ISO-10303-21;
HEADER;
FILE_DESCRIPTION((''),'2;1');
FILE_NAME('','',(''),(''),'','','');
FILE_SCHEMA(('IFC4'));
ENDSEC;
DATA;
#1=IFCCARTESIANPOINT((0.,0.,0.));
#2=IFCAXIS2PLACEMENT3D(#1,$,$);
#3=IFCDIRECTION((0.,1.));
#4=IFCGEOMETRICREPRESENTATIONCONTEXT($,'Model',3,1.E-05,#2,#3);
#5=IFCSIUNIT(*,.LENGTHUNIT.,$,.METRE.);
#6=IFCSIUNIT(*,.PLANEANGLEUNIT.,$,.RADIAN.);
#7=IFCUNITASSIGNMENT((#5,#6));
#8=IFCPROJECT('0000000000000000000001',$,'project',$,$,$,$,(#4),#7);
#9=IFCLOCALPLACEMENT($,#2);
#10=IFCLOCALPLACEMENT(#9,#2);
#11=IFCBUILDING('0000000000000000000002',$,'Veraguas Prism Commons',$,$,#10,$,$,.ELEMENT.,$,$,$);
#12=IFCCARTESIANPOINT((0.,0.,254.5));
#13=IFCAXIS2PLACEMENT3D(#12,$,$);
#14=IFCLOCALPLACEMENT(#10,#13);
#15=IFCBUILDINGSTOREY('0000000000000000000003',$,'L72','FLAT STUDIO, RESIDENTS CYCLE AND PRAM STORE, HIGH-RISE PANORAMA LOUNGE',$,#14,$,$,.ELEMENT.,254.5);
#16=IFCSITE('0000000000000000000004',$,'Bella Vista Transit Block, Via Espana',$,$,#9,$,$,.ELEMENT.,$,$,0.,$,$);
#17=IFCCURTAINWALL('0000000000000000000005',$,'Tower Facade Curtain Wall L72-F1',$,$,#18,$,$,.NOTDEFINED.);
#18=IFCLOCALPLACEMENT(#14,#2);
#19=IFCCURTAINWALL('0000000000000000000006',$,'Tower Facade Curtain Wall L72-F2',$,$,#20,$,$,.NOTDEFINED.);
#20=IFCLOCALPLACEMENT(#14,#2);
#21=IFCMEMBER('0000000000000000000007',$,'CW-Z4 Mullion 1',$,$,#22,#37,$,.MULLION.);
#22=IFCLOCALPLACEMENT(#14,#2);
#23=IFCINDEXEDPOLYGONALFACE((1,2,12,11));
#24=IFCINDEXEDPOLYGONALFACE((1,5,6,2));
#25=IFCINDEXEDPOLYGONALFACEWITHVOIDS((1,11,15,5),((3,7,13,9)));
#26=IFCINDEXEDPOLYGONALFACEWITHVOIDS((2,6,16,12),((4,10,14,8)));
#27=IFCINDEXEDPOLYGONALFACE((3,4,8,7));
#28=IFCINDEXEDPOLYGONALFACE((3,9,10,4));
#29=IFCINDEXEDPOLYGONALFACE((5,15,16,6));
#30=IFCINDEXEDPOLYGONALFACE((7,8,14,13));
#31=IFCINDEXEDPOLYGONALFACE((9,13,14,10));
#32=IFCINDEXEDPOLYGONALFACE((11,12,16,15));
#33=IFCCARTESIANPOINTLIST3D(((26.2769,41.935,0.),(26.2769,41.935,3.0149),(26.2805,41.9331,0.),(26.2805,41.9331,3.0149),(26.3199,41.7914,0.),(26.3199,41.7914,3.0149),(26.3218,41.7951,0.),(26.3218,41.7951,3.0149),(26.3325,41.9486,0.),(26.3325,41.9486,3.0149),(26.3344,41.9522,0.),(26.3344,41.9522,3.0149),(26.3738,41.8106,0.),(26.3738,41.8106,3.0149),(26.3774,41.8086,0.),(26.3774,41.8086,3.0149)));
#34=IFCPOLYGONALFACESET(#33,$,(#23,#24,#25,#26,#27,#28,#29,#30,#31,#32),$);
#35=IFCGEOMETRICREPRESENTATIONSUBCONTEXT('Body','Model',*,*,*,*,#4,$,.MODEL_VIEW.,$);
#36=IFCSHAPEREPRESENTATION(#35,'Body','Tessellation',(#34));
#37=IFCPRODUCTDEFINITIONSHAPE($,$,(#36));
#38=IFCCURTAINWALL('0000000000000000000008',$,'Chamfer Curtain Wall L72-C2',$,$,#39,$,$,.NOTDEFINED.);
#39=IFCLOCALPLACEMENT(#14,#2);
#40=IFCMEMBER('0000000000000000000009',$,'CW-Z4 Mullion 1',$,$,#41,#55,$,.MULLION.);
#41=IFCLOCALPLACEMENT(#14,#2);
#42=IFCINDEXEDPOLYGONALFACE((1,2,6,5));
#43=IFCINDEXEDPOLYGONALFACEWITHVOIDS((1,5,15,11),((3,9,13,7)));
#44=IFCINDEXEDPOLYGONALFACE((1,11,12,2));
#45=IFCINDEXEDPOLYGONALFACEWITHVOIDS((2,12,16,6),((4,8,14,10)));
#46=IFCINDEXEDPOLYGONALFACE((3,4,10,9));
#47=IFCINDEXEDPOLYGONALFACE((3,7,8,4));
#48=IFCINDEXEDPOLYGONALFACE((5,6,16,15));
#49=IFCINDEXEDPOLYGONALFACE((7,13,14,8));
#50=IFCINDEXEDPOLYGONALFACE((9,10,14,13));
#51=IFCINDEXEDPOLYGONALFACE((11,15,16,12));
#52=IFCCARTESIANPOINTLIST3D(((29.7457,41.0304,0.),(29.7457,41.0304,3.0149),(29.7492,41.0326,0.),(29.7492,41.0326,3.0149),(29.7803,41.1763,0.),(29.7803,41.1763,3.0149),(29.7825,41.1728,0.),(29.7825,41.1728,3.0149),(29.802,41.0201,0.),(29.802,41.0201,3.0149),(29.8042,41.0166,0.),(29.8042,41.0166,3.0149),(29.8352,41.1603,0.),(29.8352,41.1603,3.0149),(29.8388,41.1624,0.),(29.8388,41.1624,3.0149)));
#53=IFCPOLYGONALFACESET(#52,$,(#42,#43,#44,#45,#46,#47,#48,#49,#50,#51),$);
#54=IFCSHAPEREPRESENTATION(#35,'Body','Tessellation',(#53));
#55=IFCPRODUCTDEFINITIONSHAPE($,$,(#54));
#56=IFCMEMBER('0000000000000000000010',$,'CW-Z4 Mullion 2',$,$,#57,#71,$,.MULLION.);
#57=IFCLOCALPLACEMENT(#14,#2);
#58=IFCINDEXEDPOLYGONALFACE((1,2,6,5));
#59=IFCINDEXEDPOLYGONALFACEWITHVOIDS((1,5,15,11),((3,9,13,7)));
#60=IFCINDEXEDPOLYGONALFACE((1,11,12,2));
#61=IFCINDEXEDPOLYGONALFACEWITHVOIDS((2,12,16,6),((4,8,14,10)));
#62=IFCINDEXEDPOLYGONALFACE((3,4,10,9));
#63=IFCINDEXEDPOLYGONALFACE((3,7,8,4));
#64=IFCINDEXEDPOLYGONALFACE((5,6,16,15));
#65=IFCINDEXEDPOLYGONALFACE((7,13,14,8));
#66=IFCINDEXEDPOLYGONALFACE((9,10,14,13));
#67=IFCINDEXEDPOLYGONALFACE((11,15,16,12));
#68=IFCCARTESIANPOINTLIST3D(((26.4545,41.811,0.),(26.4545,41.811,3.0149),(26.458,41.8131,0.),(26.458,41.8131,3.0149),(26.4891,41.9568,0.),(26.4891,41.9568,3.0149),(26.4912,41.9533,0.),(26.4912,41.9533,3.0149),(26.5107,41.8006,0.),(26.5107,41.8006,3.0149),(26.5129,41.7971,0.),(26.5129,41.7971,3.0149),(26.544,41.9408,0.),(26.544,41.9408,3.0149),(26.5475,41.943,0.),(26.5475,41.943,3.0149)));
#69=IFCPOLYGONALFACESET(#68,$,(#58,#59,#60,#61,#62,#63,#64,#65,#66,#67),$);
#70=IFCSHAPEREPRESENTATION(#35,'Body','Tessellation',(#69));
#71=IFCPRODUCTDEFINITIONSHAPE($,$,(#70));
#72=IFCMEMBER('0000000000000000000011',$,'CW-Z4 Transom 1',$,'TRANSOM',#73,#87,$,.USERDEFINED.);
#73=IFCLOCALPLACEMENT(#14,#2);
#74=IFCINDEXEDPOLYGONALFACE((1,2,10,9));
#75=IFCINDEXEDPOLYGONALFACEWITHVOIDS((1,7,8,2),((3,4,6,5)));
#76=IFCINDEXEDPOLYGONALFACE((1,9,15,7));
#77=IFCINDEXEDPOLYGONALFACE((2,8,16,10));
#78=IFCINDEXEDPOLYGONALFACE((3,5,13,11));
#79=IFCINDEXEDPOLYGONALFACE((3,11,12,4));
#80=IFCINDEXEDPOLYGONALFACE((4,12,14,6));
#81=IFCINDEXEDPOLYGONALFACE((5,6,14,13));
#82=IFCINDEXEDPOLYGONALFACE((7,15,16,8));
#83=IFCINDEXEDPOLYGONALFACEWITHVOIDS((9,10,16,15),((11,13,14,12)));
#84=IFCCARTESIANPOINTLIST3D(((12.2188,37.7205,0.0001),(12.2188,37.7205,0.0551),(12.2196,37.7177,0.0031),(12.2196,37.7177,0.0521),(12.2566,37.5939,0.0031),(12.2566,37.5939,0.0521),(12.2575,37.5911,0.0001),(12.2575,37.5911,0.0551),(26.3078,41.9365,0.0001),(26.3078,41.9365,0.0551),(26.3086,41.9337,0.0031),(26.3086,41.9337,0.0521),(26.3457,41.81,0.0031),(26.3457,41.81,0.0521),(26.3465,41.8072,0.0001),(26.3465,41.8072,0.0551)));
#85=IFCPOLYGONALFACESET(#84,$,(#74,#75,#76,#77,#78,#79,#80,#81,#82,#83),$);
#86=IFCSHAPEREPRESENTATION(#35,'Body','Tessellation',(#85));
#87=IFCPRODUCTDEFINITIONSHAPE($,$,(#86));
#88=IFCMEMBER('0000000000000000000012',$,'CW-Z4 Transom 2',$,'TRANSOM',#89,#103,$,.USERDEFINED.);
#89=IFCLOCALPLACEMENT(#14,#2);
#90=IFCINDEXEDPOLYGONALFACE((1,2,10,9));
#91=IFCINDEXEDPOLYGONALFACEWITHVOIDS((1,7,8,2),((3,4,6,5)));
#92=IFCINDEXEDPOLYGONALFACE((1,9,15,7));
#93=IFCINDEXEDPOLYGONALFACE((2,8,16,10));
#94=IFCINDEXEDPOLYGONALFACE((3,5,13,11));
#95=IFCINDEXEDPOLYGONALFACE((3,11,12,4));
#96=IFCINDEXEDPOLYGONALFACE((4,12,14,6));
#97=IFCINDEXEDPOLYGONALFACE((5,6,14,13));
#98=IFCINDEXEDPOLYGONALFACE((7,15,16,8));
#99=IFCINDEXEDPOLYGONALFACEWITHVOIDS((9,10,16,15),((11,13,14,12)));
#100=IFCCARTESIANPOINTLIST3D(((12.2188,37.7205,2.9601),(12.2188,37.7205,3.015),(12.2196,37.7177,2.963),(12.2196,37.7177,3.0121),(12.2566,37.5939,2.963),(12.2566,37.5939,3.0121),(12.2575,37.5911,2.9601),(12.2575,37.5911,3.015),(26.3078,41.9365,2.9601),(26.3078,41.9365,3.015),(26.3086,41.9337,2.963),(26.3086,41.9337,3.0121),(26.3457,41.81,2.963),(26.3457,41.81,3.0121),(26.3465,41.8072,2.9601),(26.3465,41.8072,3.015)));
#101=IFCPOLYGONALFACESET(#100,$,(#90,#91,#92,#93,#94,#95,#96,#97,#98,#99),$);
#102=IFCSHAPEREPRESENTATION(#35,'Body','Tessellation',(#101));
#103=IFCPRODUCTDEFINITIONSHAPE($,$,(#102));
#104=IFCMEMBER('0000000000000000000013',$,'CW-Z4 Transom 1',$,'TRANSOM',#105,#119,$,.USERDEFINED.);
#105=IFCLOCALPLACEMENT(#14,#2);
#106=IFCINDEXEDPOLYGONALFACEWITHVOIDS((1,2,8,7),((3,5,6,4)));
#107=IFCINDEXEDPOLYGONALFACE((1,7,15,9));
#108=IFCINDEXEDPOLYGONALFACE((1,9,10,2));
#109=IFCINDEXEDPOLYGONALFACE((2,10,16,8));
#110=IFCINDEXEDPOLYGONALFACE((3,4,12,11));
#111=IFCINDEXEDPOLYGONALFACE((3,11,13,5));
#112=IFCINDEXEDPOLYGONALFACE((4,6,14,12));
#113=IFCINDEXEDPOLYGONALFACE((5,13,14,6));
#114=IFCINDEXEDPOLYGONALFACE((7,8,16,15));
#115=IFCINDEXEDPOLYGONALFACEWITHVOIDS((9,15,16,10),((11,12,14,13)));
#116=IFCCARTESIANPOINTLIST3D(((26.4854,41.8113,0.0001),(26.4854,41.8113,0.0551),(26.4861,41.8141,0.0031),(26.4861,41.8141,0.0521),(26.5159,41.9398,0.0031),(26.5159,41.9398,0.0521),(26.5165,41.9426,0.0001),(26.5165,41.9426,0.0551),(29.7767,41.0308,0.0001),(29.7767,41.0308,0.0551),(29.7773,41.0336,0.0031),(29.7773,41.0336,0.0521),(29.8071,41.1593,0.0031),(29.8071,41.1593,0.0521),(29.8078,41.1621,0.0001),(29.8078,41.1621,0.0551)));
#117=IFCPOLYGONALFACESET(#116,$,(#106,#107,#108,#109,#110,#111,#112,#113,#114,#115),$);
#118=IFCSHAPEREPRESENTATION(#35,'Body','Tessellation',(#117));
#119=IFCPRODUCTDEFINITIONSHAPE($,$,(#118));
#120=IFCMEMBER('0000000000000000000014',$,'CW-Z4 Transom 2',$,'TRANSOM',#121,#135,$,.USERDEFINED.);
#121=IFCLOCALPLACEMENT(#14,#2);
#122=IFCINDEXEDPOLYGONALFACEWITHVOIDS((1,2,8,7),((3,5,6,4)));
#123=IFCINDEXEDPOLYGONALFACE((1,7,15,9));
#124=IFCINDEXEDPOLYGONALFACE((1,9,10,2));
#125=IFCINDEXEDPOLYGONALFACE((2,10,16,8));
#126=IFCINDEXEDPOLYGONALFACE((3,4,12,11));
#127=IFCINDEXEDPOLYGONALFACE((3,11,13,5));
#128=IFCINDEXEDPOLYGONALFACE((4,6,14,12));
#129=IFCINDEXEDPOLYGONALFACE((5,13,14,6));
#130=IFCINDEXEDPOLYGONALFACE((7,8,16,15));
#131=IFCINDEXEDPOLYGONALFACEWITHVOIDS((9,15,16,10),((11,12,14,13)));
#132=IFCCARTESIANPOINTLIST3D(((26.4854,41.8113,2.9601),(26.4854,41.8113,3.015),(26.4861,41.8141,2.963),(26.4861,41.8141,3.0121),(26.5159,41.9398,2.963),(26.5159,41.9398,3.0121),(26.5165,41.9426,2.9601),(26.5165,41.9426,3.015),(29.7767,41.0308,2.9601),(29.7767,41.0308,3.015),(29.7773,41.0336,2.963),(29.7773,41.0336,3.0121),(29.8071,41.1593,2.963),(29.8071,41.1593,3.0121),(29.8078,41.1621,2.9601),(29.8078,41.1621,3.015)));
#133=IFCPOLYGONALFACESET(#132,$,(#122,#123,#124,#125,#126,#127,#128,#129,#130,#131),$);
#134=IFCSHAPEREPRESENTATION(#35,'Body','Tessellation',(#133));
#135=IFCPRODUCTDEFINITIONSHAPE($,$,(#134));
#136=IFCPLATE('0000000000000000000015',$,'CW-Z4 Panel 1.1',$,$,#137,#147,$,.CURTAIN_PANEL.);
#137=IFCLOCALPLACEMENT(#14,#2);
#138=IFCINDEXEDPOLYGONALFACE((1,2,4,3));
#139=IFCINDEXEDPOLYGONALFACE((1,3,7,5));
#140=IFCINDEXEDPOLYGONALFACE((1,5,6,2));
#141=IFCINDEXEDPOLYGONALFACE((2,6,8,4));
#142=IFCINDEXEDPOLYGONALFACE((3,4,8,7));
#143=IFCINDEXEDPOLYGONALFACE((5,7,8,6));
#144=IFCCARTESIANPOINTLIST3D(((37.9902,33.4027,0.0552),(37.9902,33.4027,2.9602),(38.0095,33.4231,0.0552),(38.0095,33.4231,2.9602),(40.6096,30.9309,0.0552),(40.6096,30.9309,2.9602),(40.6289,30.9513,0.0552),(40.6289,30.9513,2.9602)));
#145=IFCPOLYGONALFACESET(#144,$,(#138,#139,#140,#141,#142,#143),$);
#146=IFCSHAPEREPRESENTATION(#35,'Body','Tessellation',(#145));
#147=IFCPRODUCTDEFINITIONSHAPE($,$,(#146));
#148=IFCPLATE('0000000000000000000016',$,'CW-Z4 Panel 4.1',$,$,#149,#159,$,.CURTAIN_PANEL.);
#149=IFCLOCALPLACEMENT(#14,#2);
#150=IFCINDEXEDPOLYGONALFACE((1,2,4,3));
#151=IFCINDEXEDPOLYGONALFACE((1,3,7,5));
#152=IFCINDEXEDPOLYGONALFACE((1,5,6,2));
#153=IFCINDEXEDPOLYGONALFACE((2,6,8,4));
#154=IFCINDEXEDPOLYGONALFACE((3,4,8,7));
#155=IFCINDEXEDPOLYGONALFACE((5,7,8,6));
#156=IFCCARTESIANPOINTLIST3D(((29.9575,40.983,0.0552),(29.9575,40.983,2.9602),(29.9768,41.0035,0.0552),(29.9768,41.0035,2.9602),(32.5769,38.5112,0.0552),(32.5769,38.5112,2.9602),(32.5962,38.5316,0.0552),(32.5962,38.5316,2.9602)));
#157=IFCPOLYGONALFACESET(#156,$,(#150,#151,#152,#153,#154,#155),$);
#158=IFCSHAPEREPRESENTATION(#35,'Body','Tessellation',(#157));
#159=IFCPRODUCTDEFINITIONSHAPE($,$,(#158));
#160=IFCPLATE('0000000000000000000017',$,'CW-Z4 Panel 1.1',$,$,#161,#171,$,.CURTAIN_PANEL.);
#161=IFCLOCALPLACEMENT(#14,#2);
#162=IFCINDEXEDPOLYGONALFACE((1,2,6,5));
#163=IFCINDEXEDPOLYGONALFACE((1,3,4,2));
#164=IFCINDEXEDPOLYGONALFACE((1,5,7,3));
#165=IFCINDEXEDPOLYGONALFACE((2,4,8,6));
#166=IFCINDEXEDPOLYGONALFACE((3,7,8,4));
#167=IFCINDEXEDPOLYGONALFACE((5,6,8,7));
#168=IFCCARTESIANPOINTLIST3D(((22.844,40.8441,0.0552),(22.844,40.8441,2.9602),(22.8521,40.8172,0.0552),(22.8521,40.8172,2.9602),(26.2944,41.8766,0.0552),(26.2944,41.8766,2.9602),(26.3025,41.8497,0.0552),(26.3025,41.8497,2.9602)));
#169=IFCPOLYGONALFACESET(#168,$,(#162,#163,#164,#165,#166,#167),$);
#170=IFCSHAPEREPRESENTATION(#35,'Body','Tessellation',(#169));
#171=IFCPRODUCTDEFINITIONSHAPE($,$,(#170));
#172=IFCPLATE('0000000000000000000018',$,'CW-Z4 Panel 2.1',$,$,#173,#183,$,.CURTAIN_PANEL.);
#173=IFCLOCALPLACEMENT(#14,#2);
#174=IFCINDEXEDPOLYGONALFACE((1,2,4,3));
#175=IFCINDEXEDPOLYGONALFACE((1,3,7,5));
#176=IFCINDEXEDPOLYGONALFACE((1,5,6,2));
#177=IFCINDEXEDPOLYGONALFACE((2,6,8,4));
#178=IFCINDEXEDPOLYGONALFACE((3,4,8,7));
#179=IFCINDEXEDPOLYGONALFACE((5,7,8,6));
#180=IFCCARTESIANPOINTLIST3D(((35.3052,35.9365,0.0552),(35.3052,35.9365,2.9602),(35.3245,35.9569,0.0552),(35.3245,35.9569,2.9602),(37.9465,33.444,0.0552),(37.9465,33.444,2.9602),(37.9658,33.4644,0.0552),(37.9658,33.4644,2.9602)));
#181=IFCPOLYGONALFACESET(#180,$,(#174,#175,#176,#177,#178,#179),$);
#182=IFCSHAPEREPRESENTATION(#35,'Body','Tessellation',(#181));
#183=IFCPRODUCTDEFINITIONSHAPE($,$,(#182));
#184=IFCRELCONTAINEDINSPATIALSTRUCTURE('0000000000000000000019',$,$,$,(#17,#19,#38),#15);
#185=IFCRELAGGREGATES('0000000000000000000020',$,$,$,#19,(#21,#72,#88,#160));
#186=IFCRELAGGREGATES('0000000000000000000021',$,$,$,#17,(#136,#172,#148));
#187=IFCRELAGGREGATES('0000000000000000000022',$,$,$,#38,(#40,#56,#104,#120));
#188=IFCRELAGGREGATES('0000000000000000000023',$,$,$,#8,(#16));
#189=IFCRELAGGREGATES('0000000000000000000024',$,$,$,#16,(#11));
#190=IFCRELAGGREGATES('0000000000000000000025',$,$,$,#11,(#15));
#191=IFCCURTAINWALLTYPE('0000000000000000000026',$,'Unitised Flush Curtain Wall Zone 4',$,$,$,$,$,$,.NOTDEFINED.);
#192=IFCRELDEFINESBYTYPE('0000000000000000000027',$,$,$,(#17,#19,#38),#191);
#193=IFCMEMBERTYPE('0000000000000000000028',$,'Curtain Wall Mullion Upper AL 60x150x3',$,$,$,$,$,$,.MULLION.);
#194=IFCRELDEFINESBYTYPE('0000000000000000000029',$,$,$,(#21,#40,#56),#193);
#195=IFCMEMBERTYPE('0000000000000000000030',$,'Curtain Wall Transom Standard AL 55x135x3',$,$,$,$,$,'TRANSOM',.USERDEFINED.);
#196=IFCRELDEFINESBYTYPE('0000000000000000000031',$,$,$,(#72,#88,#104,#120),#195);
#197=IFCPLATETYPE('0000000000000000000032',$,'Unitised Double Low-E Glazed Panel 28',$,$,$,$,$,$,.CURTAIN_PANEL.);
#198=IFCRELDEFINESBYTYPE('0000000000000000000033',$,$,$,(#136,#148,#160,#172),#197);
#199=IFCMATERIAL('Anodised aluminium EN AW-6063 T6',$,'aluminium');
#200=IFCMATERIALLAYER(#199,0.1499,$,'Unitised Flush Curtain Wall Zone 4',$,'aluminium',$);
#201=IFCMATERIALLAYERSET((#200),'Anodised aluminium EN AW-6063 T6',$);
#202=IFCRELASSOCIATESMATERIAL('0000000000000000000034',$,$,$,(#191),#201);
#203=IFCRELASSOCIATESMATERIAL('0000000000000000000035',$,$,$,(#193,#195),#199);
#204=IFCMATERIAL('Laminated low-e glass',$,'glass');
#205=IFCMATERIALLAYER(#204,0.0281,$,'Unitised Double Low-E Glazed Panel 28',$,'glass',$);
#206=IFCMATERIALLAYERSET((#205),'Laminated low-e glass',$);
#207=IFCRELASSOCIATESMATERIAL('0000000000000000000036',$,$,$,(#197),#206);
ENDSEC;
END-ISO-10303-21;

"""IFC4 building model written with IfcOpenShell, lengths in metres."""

from ifc_helpers import new_model, si_unit, direction, frame, origin, origin_2d, place, context, subcontext, project, spatial, rectangle, hollow_rectangle, extrude, source, transform, mapped, material, layer, layer_set, material_profile, profile_set, type_object, element, aggregate, save


model = new_model("IFC4")

# Units and contexts
model_context = context("Model", 3, precision=1e-05, world=origin(), true_north=direction((0.0, 1.0)))
body_context = subcontext(model_context, "Body", "Model", "MODEL_VIEW")
ifc_project = project(units=[si_unit("LENGTHUNIT", "METRE"), si_unit("PLANEANGLEUNIT", "RADIAN")], contexts=[model_context])

# Site, building, storey
site_placement = place(None, origin())
site = spatial("IfcSite", under=ifc_project, at=site_placement, Name="Bella Vista Transit Block, Via Espana", CompositionType="ELEMENT", RefElevation=0.0)
building_placement = place(site_placement, origin())
building = spatial("IfcBuilding", under=site, at=building_placement, Name="Veraguas Prism Commons", CompositionType="ELEMENT")
storey_placement = place(building_placement, frame((0.0, 0.0, 254.5)))
storey = spatial("IfcBuildingStorey", under=building, at=storey_placement, Name="L72", Description="FLAT STUDIO, RESIDENTS CYCLE AND PRAM STORE, HIGH-RISE PANORAMA LOUNGE", CompositionType="ELEMENT", Elevation=254.5)

# Curtain wall
ifc_material_1 = material(Name="Anodised aluminium EN AW-6063 T6", Category="aluminium")
ifc_layer_1 = layer(ifc_material_1, 0.1499, Name="Unitised Flush Curtain Wall Zone 4", Category="aluminium")
ifc_layer_set_1 = layer_set([ifc_layer_1], Name="Anodised aluminium EN AW-6063 T6")
curtain_wall_type = type_object("IfcCurtainWallType", Name="Unitised Flush Curtain Wall Zone 4", PredefinedType="NOTDEFINED", material=ifc_layer_set_1)
curtain_wall_1_placement = place(storey_placement, origin())
curtain_wall_1 = element("IfcCurtainWall", 1, at=curtain_wall_1_placement, inside=storey, type_object=curtain_wall_type, Name="Tower Facade Curtain Wall L72-F1", PredefinedType="NOTDEFINED")
ifc_material_profile_1 = material_profile(ifc_material_1, hollow_rectangle(XDim=0.0601, YDim=0.1499, WallThickness=0.0029, at=origin_2d()), Name="AL60X150X3")
ifc_profile_set_1 = profile_set([ifc_material_profile_1], Name="Anodised aluminium EN AW-6063 T6")
member_type_1 = type_object("IfcMemberType", Name="Curtain Wall Mullion Upper AL 60x150x3", PredefinedType="MULLION", material=ifc_profile_set_1)
shared_shape_1 = source(origin(), body_context, "Body", "SweptSolid", [
    extrude(hollow_rectangle(XDim=0.0601, YDim=0.1499, WallThickness=0.0029, at=origin_2d()), origin(), (0.0, 0.0, 1.0), 3.0149),
])

# Curtain wall, member
curtain_wall_2_placement = place(storey_placement, origin())
curtain_wall_2 = element("IfcCurtainWall", 2, at=curtain_wall_2_placement, inside=storey, type_object=curtain_wall_type, Name="Tower Facade Curtain Wall L72-F2", PredefinedType="NOTDEFINED")
member_1_placement = place(storey_placement, frame((26.3271, 41.8718, 0.0), z_axis=(0.0, 0.0, 1.0), x_axis=(-0.958023, -0.286692, 0.0)))
member_1 = element("IfcMember", 3, at=member_1_placement, type_object=member_type_1, Name="CW-Z4 Mullion 1", PredefinedType="MULLION", context=body_context, shape_type="MappedRepresentation", body=[
    mapped(shared_shape_1, transform((0.0, 0.0, 0.0), scale=1.0)),
])

# Curtain wall, members
curtain_wall_3_placement = place(storey_placement, origin())
curtain_wall_3 = element("IfcCurtainWall", 4, at=curtain_wall_3_placement, inside=storey, type_object=curtain_wall_type, Name="Chamfer Curtain Wall L72-C2", PredefinedType="NOTDEFINED")
member_2_placement = place(storey_placement, frame((29.7922, 41.0964, 0.0), z_axis=(0.0, 0.0, 1.0), x_axis=(-0.97301, 0.230761, 0.0)))
member_2 = element("IfcMember", 5, at=member_2_placement, type_object=member_type_1, Name="CW-Z4 Mullion 1", PredefinedType="MULLION", context=body_context, shape_type="MappedRepresentation", body=[
    mapped(shared_shape_1, transform((0.0, 0.0, 0.0), scale=1.0)),
])
member_3_placement = place(storey_placement, frame((26.501, 41.877, 0.0), z_axis=(0.0, 0.0, 1.0), x_axis=(-0.97301, 0.230761, 0.0)))
member_3 = element("IfcMember", 6, at=member_3_placement, type_object=member_type_1, Name="CW-Z4 Mullion 2", PredefinedType="MULLION", context=body_context, shape_type="MappedRepresentation", body=[
    mapped(shared_shape_1, transform((0.0, 0.0, 0.0), scale=1.0)),
])

# Members
ifc_material_profile_2 = material_profile(ifc_material_1, hollow_rectangle(XDim=0.0549, YDim=0.135, WallThickness=0.0029, at=origin_2d()), Name="AL55X135X3")
ifc_profile_set_2 = profile_set([ifc_material_profile_2], Name="Anodised aluminium EN AW-6063 T6")
member_type_2 = type_object("IfcMemberType", Name="Curtain Wall Transom Standard AL 55x135x3", ElementType="TRANSOM", PredefinedType="USERDEFINED", material=ifc_profile_set_2)
shared_shape_2 = source(origin(), body_context, "Body", "SweptSolid", [
    extrude(hollow_rectangle(XDim=0.0549, YDim=0.135, WallThickness=0.0029, at=origin_2d()), origin(), (0.0, 0.0, 1.0), 14.7063),
])
member_4_placement = place(storey_placement, frame((26.3271, 41.8718, 0.0276), z_axis=(-0.958026, -0.286682, 0.0), x_axis=(0.0, 0.0, 1.0)))
member_4 = element("IfcMember", 7, at=member_4_placement, type_object=member_type_2, Name="CW-Z4 Transom 1", ObjectType="TRANSOM", PredefinedType="USERDEFINED", context=body_context, shape_type="MappedRepresentation", body=[
    mapped(shared_shape_2, transform((0.0, 0.0, 0.0), scale=1.0)),
])
member_5_placement = place(storey_placement, frame((26.3271, 41.8718, 2.9875), z_axis=(-0.958026, -0.286682, 0.0), x_axis=(0.0, 0.0, 1.0)))
member_5 = element("IfcMember", 8, at=member_5_placement, type_object=member_type_2, Name="CW-Z4 Transom 2", ObjectType="TRANSOM", PredefinedType="USERDEFINED", context=body_context, shape_type="MappedRepresentation", body=[
    mapped(shared_shape_2, transform((0.0, 0.0, 0.0), scale=1.0)),
])
shared_shape_3 = source(origin(), body_context, "Body", "SweptSolid", [
    extrude(hollow_rectangle(XDim=0.0549, YDim=0.135, WallThickness=0.0029, at=origin_2d()), origin(), (0.0, 0.0, 1.0), 3.3826),
])
member_6_placement = place(storey_placement, frame((29.7922, 41.0964, 0.0276), z_axis=(-0.973013, 0.230749, 0.0), x_axis=(0.0, 0.0, 1.0)))
member_6 = element("IfcMember", 9, at=member_6_placement, type_object=member_type_2, Name="CW-Z4 Transom 1", ObjectType="TRANSOM", PredefinedType="USERDEFINED", context=body_context, shape_type="MappedRepresentation", body=[
    mapped(shared_shape_3, transform((0.0, 0.0, 0.0), scale=1.0)),
])
member_7_placement = place(storey_placement, frame((29.7922, 41.0964, 2.9875), z_axis=(-0.973013, 0.230749, 0.0), x_axis=(0.0, 0.0, 1.0)))
member_7 = element("IfcMember", 10, at=member_7_placement, type_object=member_type_2, Name="CW-Z4 Transom 2", ObjectType="TRANSOM", PredefinedType="USERDEFINED", context=body_context, shape_type="MappedRepresentation", body=[
    mapped(shared_shape_3, transform((0.0, 0.0, 0.0), scale=1.0)),
])

# Plates
ifc_material_2 = material(Name="Laminated low-e glass", Category="glass")
ifc_layer_2 = layer(ifc_material_2, 0.0281, Name="Unitised Double Low-E Glazed Panel 28", Category="glass")
ifc_layer_set_2 = layer_set([ifc_layer_2], Name="Laminated low-e glass")
plate_type = type_object("IfcPlateType", Name="Unitised Double Low-E Glazed Panel 28", PredefinedType="CURTAIN_PANEL", material=ifc_layer_set_2)
shared_shape_4 = source(origin(), body_context, "Body", "SweptSolid", [
    extrude(rectangle(XDim=3.6016, YDim=0.0281, at=origin_2d()), origin(), (0.0, 0.0, 1.0), 2.905),
])
plate_1_placement = place(storey_placement, frame((39.3096, 32.177, 0.0552), z_axis=(0.0, 0.0, 1.0), x_axis=(-0.727296, 0.686324, 0.0)))
plate_1 = element("IfcPlate", 11, at=plate_1_placement, type_object=plate_type, Name="CW-Z4 Panel 1.1", PredefinedType="CURTAIN_PANEL", context=body_context, shape_type="MappedRepresentation", body=[
    mapped(shared_shape_4, transform((0.0, 0.0, 0.0), scale=1.0)),
])
plate_2_placement = place(storey_placement, frame((31.2769, 39.7573, 0.0552), z_axis=(0.0, 0.0, 1.0), x_axis=(-0.727296, 0.686324, 0.0)))
plate_2 = element("IfcPlate", 12, at=plate_2_placement, type_object=plate_type, Name="CW-Z4 Panel 4.1", PredefinedType="CURTAIN_PANEL", context=body_context, shape_type="MappedRepresentation", body=[
    mapped(shared_shape_4, transform((0.0, 0.0, 0.0), scale=1.0)),
])
plate_3_placement = place(storey_placement, frame((24.5732, 41.3469, 0.0552), z_axis=(0.0, 0.0, 1.0), x_axis=(-0.958023, -0.286692, 0.0)))
plate_3 = element("IfcPlate", 13, at=plate_3_placement, type_object=plate_type, Name="CW-Z4 Panel 1.1", PredefinedType="CURTAIN_PANEL", context=body_context, shape_type="MappedRepresentation", body=[
    mapped(shared_shape_4, transform((0.0, 0.0, 0.0), scale=1.0)),
])
aggregate(curtain_wall_2, [member_1, member_4, member_5, plate_3])
shared_shape_5 = source(origin(), body_context, "Body", "SweptSolid", [
    extrude(rectangle(XDim=3.6316, YDim=0.0281, at=origin_2d()), origin(), (0.0, 0.0, 1.0), 2.905),
])
plate_4_placement = place(storey_placement, frame((36.6355, 34.7004, 0.0552), z_axis=(0.0, 0.0, 1.0), x_axis=(-0.727296, 0.686324, 0.0)))
plate_4 = element("IfcPlate", 14, at=plate_4_placement, type_object=plate_type, Name="CW-Z4 Panel 2.1", PredefinedType="CURTAIN_PANEL", context=body_context, shape_type="MappedRepresentation", body=[
    mapped(shared_shape_5, transform((0.0, 0.0, 0.0), scale=1.0)),
])
aggregate(curtain_wall_1, [plate_1, plate_4, plate_2])
aggregate(curtain_wall_3, [member_2, member_3, member_6, member_7])

save(model, "model.ifc")
